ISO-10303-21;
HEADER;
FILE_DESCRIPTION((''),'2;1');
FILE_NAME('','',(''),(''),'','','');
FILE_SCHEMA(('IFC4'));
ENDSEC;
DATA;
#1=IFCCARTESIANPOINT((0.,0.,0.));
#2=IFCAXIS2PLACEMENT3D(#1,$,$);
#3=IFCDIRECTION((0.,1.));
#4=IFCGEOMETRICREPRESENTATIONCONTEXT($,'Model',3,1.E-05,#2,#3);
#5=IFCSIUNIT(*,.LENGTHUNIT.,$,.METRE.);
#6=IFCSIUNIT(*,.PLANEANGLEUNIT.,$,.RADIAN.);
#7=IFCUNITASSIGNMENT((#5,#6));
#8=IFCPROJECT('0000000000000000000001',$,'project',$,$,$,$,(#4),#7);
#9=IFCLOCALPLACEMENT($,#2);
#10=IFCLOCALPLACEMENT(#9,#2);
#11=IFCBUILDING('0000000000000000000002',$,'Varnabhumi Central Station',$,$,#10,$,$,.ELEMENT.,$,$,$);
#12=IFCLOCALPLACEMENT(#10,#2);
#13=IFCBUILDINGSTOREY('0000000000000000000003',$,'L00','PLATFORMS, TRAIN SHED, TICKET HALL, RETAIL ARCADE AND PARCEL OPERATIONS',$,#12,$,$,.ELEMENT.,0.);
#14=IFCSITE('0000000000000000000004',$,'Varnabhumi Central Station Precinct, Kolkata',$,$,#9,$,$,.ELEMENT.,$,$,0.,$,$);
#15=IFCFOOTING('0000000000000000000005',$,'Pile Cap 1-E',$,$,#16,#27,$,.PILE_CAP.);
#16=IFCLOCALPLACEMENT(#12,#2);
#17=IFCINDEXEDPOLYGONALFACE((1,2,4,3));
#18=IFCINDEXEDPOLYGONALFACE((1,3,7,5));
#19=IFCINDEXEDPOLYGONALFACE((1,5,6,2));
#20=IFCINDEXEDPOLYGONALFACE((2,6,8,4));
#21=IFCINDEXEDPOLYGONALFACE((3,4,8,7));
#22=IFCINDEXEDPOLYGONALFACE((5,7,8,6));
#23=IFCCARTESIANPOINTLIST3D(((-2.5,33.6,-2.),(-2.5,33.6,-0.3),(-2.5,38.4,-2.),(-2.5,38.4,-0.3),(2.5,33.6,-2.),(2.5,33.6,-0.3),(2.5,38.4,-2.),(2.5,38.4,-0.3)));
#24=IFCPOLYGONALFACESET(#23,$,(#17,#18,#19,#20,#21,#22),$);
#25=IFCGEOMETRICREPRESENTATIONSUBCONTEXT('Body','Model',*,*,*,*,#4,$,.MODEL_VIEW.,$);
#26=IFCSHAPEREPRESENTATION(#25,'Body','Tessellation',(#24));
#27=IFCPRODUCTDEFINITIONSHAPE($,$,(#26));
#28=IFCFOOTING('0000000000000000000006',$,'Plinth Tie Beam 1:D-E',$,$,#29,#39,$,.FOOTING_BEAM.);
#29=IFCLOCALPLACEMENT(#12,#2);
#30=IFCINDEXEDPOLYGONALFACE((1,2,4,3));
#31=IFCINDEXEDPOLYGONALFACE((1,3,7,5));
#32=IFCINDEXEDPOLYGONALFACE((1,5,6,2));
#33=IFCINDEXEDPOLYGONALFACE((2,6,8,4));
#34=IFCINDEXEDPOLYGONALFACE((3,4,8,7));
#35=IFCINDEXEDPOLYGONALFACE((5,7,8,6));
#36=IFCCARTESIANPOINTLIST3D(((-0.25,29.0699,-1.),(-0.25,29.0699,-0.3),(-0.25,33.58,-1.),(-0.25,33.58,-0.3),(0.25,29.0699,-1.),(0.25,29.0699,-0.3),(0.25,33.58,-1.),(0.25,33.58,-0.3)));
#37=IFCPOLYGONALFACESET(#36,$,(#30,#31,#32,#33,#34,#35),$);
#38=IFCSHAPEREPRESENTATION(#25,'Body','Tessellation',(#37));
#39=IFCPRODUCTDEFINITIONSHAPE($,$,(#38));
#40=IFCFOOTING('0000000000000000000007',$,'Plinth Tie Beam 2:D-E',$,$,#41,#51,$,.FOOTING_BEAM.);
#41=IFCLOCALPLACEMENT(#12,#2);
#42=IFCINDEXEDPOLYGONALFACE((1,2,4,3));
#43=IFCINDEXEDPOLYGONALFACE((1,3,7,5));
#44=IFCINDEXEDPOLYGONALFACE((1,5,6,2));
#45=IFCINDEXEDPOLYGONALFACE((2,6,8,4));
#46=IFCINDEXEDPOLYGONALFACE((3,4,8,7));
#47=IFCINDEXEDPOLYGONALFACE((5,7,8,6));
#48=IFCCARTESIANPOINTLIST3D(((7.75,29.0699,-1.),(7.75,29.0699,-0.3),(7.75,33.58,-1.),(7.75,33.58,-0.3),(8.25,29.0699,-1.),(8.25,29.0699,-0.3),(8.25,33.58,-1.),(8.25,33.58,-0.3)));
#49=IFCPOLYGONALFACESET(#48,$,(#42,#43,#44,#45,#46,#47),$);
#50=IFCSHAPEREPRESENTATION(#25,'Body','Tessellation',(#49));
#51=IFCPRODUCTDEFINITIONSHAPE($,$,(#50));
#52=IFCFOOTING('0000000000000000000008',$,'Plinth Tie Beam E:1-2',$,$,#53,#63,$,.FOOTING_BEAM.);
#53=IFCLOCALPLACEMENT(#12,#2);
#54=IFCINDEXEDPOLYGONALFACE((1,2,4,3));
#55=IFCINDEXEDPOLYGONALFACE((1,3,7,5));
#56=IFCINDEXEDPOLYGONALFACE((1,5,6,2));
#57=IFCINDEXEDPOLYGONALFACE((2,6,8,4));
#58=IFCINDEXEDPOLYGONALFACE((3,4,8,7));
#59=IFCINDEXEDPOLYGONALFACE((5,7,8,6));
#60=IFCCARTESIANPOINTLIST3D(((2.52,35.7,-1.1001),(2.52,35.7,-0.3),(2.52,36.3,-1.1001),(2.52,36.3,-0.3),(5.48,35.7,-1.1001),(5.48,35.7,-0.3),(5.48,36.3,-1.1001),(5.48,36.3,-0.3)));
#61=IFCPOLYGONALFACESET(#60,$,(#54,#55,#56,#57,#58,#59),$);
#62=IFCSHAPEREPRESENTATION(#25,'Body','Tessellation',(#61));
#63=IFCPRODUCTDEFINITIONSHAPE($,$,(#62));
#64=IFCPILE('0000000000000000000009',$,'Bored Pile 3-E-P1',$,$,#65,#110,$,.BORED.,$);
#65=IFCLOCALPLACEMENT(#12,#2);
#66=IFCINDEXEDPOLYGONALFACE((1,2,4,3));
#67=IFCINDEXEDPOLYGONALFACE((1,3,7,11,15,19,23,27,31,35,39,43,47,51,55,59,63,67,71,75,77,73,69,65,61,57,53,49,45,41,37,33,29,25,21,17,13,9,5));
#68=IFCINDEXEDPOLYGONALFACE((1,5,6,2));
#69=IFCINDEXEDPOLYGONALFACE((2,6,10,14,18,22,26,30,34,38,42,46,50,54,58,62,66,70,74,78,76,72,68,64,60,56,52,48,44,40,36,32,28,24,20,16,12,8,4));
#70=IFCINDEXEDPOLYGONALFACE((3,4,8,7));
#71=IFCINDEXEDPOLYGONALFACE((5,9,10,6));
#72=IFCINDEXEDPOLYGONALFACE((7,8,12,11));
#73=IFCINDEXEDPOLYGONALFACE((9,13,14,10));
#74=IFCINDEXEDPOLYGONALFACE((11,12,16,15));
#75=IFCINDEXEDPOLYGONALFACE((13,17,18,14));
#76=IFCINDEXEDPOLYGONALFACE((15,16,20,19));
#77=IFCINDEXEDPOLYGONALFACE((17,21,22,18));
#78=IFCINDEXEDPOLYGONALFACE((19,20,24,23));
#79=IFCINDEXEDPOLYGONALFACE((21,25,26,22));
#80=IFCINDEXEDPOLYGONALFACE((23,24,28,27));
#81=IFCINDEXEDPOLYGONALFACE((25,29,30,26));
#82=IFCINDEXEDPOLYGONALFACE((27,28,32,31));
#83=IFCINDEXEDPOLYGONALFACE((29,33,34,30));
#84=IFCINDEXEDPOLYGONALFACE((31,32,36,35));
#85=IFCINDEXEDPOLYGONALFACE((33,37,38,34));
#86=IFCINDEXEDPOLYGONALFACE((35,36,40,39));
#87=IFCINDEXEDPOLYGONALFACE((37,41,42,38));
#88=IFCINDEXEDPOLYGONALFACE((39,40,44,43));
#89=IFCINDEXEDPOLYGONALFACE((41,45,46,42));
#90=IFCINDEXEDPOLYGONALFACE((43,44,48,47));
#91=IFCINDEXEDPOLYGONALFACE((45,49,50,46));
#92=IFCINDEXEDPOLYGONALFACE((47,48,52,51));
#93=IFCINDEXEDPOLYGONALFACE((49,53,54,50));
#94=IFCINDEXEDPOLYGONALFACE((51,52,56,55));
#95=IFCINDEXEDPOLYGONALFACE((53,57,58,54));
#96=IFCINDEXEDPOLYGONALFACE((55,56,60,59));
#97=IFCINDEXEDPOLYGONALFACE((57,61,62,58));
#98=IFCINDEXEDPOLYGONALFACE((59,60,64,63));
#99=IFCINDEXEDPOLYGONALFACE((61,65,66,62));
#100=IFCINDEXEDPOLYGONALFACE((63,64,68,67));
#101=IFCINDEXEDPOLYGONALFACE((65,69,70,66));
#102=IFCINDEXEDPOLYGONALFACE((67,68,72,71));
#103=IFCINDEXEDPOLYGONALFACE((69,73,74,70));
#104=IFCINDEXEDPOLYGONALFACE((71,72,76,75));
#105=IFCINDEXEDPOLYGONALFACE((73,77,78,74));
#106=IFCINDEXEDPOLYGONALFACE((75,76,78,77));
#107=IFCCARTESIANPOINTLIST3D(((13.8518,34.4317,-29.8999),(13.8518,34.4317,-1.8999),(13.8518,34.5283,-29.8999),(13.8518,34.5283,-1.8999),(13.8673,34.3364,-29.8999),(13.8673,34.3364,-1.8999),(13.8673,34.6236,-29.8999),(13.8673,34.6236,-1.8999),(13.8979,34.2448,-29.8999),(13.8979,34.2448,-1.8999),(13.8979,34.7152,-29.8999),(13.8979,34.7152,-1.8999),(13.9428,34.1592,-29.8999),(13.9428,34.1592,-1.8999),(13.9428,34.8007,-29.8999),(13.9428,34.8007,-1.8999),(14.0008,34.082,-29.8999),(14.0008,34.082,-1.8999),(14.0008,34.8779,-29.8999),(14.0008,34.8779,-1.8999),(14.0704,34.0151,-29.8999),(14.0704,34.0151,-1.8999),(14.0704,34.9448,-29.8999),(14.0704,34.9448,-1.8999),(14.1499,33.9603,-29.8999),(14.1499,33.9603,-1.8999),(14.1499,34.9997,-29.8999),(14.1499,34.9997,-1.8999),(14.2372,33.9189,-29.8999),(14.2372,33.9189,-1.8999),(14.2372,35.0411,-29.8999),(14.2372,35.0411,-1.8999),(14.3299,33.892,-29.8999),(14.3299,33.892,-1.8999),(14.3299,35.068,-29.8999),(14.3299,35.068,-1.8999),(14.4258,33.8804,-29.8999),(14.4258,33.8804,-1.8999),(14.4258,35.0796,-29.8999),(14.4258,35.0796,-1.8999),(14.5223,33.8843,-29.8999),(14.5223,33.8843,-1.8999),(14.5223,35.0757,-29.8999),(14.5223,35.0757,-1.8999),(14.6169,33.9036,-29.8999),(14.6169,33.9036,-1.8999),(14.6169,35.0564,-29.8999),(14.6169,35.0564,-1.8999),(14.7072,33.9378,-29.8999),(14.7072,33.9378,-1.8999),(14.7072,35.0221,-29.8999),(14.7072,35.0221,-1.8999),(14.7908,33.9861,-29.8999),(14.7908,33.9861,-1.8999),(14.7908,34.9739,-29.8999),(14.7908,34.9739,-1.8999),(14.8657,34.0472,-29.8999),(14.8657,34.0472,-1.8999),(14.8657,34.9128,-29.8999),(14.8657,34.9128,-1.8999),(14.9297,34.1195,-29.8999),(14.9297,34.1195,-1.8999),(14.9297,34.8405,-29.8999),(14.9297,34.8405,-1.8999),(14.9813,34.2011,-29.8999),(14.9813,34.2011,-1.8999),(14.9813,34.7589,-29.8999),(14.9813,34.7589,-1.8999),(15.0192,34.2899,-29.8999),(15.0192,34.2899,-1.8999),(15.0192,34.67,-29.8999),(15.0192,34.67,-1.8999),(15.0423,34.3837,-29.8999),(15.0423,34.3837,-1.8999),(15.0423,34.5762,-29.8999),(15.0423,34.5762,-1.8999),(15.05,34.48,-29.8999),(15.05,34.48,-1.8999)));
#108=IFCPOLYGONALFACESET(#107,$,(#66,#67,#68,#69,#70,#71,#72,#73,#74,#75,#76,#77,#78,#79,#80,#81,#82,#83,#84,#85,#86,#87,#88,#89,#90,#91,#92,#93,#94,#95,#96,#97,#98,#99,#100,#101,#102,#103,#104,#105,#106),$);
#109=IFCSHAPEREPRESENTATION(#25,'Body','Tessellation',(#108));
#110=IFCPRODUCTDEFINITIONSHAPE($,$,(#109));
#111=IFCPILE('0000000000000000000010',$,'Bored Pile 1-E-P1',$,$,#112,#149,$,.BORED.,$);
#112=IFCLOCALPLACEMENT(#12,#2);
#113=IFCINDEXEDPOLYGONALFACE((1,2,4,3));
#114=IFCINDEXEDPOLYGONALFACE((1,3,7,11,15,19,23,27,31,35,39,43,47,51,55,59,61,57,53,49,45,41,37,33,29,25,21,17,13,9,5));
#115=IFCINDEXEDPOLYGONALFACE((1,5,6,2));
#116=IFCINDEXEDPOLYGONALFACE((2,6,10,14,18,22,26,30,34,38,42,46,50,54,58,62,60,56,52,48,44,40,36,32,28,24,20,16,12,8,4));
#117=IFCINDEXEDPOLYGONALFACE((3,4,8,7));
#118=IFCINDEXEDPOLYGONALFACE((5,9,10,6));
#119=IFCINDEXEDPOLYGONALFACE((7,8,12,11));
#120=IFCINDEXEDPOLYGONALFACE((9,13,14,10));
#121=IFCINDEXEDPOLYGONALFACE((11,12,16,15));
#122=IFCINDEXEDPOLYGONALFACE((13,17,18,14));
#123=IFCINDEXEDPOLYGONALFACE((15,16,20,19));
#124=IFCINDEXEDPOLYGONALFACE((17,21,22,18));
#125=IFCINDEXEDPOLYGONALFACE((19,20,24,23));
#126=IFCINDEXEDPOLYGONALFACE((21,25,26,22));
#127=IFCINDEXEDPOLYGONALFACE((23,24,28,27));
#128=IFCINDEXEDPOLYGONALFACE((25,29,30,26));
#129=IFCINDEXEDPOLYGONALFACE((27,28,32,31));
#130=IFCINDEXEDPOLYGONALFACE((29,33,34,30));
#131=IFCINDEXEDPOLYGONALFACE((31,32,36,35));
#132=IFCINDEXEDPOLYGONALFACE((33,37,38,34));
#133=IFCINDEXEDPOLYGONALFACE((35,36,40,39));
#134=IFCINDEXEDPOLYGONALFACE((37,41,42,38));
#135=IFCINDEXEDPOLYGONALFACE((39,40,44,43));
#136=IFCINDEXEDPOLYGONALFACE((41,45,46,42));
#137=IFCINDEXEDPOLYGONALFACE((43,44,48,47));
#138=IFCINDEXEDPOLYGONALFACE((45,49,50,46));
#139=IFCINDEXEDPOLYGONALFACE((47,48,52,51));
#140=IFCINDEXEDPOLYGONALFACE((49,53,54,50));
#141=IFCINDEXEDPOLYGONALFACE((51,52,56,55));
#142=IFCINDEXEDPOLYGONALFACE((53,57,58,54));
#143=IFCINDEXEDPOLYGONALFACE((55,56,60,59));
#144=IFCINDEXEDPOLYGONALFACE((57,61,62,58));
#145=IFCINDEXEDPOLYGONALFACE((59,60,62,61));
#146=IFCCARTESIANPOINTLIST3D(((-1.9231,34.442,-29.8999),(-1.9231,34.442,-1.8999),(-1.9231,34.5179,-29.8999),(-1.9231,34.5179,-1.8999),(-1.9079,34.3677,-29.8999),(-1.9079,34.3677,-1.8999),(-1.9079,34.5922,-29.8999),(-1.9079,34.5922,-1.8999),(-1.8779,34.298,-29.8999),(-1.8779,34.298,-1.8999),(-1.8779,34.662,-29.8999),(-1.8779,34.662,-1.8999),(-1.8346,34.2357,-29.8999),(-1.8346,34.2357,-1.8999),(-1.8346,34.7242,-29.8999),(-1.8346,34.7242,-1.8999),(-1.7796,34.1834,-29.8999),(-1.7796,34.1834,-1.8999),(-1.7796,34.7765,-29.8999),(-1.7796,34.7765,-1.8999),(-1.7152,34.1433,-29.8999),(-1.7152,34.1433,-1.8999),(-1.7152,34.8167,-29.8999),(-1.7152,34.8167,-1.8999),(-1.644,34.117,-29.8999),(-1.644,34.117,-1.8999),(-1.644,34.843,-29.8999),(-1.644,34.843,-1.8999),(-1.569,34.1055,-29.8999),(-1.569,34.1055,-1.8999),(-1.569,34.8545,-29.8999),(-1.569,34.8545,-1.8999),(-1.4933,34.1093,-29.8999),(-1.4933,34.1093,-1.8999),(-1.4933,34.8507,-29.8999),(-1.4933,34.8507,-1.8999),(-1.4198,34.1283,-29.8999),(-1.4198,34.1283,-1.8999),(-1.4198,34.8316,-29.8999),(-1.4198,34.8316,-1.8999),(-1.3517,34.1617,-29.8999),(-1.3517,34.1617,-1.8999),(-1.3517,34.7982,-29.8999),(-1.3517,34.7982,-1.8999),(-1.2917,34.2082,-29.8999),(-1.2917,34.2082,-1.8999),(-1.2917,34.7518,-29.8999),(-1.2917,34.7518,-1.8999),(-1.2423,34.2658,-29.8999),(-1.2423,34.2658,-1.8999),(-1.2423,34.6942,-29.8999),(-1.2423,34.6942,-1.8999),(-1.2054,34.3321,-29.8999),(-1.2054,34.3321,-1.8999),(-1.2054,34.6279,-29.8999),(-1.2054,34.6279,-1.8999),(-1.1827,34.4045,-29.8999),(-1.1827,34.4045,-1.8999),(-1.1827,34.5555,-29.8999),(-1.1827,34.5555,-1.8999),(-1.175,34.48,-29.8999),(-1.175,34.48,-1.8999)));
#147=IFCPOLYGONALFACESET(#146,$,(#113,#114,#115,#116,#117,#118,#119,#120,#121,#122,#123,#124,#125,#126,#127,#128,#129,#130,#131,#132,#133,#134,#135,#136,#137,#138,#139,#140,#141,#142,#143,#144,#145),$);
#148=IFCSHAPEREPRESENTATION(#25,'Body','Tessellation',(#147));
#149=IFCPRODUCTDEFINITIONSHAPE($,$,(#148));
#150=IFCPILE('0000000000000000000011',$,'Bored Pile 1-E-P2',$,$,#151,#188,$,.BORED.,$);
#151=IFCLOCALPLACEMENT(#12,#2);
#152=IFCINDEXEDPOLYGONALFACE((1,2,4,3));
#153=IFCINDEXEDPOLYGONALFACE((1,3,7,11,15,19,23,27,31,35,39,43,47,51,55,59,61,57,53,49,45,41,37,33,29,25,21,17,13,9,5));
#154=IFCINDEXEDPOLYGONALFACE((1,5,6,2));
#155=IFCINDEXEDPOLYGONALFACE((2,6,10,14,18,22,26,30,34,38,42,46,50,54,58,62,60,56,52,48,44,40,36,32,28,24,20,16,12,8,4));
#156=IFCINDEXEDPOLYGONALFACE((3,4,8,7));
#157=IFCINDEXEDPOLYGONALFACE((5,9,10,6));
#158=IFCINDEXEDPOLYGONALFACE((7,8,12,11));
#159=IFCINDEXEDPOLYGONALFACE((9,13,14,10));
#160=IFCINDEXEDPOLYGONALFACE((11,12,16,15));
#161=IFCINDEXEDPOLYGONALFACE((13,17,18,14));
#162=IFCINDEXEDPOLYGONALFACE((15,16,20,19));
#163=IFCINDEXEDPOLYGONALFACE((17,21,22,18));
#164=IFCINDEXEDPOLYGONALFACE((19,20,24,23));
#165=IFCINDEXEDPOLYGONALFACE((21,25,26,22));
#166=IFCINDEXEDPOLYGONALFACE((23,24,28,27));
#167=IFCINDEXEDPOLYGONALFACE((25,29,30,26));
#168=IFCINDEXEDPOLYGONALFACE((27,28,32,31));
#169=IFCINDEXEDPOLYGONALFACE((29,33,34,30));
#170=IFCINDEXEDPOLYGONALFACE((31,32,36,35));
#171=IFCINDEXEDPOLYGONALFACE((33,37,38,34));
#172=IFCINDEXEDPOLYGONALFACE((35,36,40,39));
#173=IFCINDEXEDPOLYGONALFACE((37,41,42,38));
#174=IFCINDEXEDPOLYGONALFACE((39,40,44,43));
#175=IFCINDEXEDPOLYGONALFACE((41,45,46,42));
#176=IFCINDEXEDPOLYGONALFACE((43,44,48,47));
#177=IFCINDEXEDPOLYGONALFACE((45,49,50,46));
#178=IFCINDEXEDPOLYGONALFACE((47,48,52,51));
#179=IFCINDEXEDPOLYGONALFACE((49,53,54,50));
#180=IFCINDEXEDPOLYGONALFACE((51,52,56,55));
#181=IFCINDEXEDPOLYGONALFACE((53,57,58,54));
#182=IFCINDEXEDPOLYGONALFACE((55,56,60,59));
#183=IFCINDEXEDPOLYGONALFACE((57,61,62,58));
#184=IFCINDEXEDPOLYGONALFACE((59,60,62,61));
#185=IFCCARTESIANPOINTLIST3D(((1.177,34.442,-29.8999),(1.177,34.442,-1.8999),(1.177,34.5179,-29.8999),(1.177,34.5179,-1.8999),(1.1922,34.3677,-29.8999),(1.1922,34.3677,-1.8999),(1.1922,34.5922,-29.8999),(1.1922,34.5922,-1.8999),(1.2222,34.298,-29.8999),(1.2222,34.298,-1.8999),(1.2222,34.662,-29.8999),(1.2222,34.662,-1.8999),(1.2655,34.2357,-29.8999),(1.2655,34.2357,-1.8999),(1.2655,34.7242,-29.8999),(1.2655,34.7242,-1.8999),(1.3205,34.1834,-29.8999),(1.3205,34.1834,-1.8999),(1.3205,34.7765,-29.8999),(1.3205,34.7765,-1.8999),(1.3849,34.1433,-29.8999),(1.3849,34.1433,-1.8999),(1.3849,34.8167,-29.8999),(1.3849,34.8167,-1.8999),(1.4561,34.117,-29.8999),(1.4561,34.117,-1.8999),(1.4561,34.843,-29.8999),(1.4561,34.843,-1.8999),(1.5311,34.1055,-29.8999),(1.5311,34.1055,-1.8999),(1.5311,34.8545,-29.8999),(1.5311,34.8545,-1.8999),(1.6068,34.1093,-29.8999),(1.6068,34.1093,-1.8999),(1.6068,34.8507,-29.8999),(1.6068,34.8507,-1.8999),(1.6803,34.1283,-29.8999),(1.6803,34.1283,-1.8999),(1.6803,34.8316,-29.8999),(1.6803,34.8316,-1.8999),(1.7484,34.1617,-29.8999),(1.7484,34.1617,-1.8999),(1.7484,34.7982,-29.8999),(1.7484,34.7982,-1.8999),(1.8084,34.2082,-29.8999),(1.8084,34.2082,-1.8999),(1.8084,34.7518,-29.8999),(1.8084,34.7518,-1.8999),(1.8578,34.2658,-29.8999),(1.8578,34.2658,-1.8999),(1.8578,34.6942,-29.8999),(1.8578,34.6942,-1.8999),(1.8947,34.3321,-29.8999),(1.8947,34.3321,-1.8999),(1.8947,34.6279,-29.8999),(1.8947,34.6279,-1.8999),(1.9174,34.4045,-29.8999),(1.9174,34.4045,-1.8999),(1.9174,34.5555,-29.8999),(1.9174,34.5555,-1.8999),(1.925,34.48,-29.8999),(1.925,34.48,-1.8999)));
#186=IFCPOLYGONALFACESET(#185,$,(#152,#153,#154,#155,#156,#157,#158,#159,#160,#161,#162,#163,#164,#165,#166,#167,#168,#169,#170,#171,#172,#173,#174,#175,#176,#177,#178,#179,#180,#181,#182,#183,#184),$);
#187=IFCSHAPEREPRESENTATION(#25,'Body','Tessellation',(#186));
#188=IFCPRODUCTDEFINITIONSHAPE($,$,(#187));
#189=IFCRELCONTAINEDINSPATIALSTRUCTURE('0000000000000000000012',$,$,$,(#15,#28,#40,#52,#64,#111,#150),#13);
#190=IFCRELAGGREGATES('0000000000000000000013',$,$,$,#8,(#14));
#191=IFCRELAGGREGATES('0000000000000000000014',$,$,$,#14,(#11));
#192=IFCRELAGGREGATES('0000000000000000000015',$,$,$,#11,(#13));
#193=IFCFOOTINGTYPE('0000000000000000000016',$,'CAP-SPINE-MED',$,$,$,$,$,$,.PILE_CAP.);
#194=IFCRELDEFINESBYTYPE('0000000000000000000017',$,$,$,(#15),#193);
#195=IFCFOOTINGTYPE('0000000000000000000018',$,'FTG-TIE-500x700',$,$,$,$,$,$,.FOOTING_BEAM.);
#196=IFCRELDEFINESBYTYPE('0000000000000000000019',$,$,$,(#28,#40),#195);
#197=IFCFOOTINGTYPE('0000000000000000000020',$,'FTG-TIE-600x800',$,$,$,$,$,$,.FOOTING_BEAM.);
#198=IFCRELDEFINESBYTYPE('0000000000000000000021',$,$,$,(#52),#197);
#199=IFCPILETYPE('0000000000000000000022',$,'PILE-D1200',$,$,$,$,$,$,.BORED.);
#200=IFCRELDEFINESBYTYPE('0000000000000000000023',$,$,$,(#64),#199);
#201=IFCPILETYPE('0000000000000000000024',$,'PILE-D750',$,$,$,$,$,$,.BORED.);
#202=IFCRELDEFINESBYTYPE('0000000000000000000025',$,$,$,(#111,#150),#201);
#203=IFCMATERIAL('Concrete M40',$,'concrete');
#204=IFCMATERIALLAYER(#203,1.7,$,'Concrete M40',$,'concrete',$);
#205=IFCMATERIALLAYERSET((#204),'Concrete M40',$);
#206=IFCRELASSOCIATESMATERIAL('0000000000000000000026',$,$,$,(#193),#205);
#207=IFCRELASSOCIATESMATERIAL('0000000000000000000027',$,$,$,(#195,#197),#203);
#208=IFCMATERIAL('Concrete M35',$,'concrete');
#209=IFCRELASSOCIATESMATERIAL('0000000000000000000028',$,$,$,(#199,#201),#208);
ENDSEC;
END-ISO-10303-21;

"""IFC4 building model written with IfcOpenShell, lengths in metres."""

from ifc_helpers import new_model, si_unit, direction, frame, origin, origin_2d, place, context, subcontext, project, spatial, rectangle, circle, extrude, material, layer, layer_set, material_profile, profile_set, type_object, element, save


model = new_model("IFC4")

# Units and contexts
model_context = context("Model", 3, precision=1e-05, world=origin(), true_north=direction((0.0, 1.0)))
body_context = subcontext(model_context, "Body", "Model", "MODEL_VIEW")
ifc_project = project(units=[si_unit("LENGTHUNIT", "METRE"), si_unit("PLANEANGLEUNIT", "RADIAN")], contexts=[model_context])

# Site, building, storey
site_placement = place(None, origin())
site = spatial("IfcSite", under=ifc_project, at=site_placement, Name="Varnabhumi Central Station Precinct, Kolkata", CompositionType="ELEMENT", RefElevation=0.0)
building_placement = place(site_placement, origin())
building = spatial("IfcBuilding", under=site, at=building_placement, Name="Varnabhumi Central Station", CompositionType="ELEMENT")
storey_placement = place(building_placement, origin())
storey = spatial("IfcBuildingStorey", under=building, at=storey_placement, Name="L00", Description="PLATFORMS, TRAIN SHED, TICKET HALL, RETAIL ARCADE AND PARCEL OPERATIONS", CompositionType="ELEMENT", Elevation=0.0)

# Footings
ifc_material_1 = material(Name="Concrete M40", Category="concrete")
ifc_layer_1 = layer(ifc_material_1, 1.7, Name="Concrete M40", Category="concrete")
ifc_layer_set_1 = layer_set([ifc_layer_1], Name="Concrete M40")
footing_type_1 = type_object("IfcFootingType", Name="CAP-SPINE-MED", PredefinedType="PILE_CAP", material=ifc_layer_set_1)
footing_1_placement = place(storey_placement, frame((0.0, 36.0, -2.0), z_axis=(0.0, 0.0, 1.0), x_axis=(1.0, 0.0, 0.0)))
element("IfcFooting", 1, at=footing_1_placement, inside=storey, type_object=footing_type_1, Name="Pile Cap 1-E", PredefinedType="PILE_CAP", context=body_context, shape_type="SweptSolid", body=[
    extrude(rectangle(XDim=5.0, YDim=4.8, at=origin_2d()), origin(), (0.0, 0.0, 1.0), 1.7),
])
footing_type_2 = type_object("IfcFootingType", Name="FTG-TIE-500x700", PredefinedType="FOOTING_BEAM", material=ifc_material_1)
for number, where, z_axis, x_axis, name in (
    (2, (0.0, 31.325, -1.0), (0.0, 0.0, 1.0), (1.0, 0.0, 0.0), "Plinth Tie Beam 1:D-E"),
    (3, (8.0, 31.325, -1.0), (0.0, 0.0, 1.0), (1.0, 0.0, 0.0), "Plinth Tie Beam 2:D-E"),
):
    element("IfcFooting", number, at=place(storey_placement, frame(where, z_axis=z_axis, x_axis=x_axis)), inside=storey, type_object=footing_type_2, Name=name, PredefinedType="FOOTING_BEAM", context=body_context, shape_type="SweptSolid", body=[
        extrude(rectangle(XDim=0.5, YDim=4.51, at=origin_2d()), origin(), (0.0, 0.0, 1.0), 0.7),
    ])
footing_type_3 = type_object("IfcFootingType", Name="FTG-TIE-600x800", PredefinedType="FOOTING_BEAM", material=ifc_material_1)
footing_2_placement = place(storey_placement, frame((4.0, 36.0, -1.1001), z_axis=(0.0, 0.0, 1.0), x_axis=(1.0, 0.0, 0.0)))
element("IfcFooting", 4, at=footing_2_placement, inside=storey, type_object=footing_type_3, Name="Plinth Tie Beam E:1-2", PredefinedType="FOOTING_BEAM", context=body_context, shape_type="SweptSolid", body=[
    extrude(rectangle(XDim=2.96, YDim=0.6001, at=origin_2d()), origin(), (0.0, 0.0, 1.0), 0.8),
])

# Piles
ifc_material_2 = material(Name="Concrete M35", Category="concrete")
ifc_material_profile_1 = material_profile(ifc_material_2, circle(Radius=0.6001, at=origin_2d()), Name="Concrete M35", Category="concrete")
ifc_profile_set_1 = profile_set([ifc_material_profile_1], Name="Concrete M35")
pile_type_1 = type_object("IfcPileType", Name="PILE-D1200", PredefinedType="BORED", material=ifc_profile_set_1)
pile_placement = place(storey_placement, frame((14.45, 34.48, -1.8999), z_axis=(0.0, 0.0, -1.0), x_axis=(1.0, 0.0, 0.0)))
element("IfcPile", 5, at=pile_placement, inside=storey, type_object=pile_type_1, Name="Bored Pile 3-E-P1", PredefinedType="BORED", context=body_context, shape_type="SweptSolid", body=[
    extrude(circle(Radius=0.6001, at=origin_2d()), origin(), (0.0, 0.0, 1.0), 28.0),
])
ifc_material_profile_2 = material_profile(ifc_material_2, circle(Radius=0.375, at=origin_2d()), Name="Concrete M35", Category="concrete")
ifc_profile_set_2 = profile_set([ifc_material_profile_2], Name="Concrete M35")
pile_type_2 = type_object("IfcPileType", Name="PILE-D750", PredefinedType="BORED", material=ifc_profile_set_2)
for number, where, z_axis, x_axis, name in (
    (6, (-1.55, 34.48, -1.8999), (0.0, 0.0, -1.0), (1.0, 0.0, 0.0), "Bored Pile 1-E-P1"),
    (7, (1.55, 34.48, -1.8999), (0.0, 0.0, -1.0), (1.0, 0.0, 0.0), "Bored Pile 1-E-P2"),
):
    element("IfcPile", number, at=place(storey_placement, frame(where, z_axis=z_axis, x_axis=x_axis)), inside=storey, type_object=pile_type_2, Name=name, PredefinedType="BORED", context=body_context, shape_type="SweptSolid", body=[
        extrude(circle(Radius=0.375, at=origin_2d()), origin(), (0.0, 0.0, 1.0), 28.0),
    ])

save(model, "model.ifc")
